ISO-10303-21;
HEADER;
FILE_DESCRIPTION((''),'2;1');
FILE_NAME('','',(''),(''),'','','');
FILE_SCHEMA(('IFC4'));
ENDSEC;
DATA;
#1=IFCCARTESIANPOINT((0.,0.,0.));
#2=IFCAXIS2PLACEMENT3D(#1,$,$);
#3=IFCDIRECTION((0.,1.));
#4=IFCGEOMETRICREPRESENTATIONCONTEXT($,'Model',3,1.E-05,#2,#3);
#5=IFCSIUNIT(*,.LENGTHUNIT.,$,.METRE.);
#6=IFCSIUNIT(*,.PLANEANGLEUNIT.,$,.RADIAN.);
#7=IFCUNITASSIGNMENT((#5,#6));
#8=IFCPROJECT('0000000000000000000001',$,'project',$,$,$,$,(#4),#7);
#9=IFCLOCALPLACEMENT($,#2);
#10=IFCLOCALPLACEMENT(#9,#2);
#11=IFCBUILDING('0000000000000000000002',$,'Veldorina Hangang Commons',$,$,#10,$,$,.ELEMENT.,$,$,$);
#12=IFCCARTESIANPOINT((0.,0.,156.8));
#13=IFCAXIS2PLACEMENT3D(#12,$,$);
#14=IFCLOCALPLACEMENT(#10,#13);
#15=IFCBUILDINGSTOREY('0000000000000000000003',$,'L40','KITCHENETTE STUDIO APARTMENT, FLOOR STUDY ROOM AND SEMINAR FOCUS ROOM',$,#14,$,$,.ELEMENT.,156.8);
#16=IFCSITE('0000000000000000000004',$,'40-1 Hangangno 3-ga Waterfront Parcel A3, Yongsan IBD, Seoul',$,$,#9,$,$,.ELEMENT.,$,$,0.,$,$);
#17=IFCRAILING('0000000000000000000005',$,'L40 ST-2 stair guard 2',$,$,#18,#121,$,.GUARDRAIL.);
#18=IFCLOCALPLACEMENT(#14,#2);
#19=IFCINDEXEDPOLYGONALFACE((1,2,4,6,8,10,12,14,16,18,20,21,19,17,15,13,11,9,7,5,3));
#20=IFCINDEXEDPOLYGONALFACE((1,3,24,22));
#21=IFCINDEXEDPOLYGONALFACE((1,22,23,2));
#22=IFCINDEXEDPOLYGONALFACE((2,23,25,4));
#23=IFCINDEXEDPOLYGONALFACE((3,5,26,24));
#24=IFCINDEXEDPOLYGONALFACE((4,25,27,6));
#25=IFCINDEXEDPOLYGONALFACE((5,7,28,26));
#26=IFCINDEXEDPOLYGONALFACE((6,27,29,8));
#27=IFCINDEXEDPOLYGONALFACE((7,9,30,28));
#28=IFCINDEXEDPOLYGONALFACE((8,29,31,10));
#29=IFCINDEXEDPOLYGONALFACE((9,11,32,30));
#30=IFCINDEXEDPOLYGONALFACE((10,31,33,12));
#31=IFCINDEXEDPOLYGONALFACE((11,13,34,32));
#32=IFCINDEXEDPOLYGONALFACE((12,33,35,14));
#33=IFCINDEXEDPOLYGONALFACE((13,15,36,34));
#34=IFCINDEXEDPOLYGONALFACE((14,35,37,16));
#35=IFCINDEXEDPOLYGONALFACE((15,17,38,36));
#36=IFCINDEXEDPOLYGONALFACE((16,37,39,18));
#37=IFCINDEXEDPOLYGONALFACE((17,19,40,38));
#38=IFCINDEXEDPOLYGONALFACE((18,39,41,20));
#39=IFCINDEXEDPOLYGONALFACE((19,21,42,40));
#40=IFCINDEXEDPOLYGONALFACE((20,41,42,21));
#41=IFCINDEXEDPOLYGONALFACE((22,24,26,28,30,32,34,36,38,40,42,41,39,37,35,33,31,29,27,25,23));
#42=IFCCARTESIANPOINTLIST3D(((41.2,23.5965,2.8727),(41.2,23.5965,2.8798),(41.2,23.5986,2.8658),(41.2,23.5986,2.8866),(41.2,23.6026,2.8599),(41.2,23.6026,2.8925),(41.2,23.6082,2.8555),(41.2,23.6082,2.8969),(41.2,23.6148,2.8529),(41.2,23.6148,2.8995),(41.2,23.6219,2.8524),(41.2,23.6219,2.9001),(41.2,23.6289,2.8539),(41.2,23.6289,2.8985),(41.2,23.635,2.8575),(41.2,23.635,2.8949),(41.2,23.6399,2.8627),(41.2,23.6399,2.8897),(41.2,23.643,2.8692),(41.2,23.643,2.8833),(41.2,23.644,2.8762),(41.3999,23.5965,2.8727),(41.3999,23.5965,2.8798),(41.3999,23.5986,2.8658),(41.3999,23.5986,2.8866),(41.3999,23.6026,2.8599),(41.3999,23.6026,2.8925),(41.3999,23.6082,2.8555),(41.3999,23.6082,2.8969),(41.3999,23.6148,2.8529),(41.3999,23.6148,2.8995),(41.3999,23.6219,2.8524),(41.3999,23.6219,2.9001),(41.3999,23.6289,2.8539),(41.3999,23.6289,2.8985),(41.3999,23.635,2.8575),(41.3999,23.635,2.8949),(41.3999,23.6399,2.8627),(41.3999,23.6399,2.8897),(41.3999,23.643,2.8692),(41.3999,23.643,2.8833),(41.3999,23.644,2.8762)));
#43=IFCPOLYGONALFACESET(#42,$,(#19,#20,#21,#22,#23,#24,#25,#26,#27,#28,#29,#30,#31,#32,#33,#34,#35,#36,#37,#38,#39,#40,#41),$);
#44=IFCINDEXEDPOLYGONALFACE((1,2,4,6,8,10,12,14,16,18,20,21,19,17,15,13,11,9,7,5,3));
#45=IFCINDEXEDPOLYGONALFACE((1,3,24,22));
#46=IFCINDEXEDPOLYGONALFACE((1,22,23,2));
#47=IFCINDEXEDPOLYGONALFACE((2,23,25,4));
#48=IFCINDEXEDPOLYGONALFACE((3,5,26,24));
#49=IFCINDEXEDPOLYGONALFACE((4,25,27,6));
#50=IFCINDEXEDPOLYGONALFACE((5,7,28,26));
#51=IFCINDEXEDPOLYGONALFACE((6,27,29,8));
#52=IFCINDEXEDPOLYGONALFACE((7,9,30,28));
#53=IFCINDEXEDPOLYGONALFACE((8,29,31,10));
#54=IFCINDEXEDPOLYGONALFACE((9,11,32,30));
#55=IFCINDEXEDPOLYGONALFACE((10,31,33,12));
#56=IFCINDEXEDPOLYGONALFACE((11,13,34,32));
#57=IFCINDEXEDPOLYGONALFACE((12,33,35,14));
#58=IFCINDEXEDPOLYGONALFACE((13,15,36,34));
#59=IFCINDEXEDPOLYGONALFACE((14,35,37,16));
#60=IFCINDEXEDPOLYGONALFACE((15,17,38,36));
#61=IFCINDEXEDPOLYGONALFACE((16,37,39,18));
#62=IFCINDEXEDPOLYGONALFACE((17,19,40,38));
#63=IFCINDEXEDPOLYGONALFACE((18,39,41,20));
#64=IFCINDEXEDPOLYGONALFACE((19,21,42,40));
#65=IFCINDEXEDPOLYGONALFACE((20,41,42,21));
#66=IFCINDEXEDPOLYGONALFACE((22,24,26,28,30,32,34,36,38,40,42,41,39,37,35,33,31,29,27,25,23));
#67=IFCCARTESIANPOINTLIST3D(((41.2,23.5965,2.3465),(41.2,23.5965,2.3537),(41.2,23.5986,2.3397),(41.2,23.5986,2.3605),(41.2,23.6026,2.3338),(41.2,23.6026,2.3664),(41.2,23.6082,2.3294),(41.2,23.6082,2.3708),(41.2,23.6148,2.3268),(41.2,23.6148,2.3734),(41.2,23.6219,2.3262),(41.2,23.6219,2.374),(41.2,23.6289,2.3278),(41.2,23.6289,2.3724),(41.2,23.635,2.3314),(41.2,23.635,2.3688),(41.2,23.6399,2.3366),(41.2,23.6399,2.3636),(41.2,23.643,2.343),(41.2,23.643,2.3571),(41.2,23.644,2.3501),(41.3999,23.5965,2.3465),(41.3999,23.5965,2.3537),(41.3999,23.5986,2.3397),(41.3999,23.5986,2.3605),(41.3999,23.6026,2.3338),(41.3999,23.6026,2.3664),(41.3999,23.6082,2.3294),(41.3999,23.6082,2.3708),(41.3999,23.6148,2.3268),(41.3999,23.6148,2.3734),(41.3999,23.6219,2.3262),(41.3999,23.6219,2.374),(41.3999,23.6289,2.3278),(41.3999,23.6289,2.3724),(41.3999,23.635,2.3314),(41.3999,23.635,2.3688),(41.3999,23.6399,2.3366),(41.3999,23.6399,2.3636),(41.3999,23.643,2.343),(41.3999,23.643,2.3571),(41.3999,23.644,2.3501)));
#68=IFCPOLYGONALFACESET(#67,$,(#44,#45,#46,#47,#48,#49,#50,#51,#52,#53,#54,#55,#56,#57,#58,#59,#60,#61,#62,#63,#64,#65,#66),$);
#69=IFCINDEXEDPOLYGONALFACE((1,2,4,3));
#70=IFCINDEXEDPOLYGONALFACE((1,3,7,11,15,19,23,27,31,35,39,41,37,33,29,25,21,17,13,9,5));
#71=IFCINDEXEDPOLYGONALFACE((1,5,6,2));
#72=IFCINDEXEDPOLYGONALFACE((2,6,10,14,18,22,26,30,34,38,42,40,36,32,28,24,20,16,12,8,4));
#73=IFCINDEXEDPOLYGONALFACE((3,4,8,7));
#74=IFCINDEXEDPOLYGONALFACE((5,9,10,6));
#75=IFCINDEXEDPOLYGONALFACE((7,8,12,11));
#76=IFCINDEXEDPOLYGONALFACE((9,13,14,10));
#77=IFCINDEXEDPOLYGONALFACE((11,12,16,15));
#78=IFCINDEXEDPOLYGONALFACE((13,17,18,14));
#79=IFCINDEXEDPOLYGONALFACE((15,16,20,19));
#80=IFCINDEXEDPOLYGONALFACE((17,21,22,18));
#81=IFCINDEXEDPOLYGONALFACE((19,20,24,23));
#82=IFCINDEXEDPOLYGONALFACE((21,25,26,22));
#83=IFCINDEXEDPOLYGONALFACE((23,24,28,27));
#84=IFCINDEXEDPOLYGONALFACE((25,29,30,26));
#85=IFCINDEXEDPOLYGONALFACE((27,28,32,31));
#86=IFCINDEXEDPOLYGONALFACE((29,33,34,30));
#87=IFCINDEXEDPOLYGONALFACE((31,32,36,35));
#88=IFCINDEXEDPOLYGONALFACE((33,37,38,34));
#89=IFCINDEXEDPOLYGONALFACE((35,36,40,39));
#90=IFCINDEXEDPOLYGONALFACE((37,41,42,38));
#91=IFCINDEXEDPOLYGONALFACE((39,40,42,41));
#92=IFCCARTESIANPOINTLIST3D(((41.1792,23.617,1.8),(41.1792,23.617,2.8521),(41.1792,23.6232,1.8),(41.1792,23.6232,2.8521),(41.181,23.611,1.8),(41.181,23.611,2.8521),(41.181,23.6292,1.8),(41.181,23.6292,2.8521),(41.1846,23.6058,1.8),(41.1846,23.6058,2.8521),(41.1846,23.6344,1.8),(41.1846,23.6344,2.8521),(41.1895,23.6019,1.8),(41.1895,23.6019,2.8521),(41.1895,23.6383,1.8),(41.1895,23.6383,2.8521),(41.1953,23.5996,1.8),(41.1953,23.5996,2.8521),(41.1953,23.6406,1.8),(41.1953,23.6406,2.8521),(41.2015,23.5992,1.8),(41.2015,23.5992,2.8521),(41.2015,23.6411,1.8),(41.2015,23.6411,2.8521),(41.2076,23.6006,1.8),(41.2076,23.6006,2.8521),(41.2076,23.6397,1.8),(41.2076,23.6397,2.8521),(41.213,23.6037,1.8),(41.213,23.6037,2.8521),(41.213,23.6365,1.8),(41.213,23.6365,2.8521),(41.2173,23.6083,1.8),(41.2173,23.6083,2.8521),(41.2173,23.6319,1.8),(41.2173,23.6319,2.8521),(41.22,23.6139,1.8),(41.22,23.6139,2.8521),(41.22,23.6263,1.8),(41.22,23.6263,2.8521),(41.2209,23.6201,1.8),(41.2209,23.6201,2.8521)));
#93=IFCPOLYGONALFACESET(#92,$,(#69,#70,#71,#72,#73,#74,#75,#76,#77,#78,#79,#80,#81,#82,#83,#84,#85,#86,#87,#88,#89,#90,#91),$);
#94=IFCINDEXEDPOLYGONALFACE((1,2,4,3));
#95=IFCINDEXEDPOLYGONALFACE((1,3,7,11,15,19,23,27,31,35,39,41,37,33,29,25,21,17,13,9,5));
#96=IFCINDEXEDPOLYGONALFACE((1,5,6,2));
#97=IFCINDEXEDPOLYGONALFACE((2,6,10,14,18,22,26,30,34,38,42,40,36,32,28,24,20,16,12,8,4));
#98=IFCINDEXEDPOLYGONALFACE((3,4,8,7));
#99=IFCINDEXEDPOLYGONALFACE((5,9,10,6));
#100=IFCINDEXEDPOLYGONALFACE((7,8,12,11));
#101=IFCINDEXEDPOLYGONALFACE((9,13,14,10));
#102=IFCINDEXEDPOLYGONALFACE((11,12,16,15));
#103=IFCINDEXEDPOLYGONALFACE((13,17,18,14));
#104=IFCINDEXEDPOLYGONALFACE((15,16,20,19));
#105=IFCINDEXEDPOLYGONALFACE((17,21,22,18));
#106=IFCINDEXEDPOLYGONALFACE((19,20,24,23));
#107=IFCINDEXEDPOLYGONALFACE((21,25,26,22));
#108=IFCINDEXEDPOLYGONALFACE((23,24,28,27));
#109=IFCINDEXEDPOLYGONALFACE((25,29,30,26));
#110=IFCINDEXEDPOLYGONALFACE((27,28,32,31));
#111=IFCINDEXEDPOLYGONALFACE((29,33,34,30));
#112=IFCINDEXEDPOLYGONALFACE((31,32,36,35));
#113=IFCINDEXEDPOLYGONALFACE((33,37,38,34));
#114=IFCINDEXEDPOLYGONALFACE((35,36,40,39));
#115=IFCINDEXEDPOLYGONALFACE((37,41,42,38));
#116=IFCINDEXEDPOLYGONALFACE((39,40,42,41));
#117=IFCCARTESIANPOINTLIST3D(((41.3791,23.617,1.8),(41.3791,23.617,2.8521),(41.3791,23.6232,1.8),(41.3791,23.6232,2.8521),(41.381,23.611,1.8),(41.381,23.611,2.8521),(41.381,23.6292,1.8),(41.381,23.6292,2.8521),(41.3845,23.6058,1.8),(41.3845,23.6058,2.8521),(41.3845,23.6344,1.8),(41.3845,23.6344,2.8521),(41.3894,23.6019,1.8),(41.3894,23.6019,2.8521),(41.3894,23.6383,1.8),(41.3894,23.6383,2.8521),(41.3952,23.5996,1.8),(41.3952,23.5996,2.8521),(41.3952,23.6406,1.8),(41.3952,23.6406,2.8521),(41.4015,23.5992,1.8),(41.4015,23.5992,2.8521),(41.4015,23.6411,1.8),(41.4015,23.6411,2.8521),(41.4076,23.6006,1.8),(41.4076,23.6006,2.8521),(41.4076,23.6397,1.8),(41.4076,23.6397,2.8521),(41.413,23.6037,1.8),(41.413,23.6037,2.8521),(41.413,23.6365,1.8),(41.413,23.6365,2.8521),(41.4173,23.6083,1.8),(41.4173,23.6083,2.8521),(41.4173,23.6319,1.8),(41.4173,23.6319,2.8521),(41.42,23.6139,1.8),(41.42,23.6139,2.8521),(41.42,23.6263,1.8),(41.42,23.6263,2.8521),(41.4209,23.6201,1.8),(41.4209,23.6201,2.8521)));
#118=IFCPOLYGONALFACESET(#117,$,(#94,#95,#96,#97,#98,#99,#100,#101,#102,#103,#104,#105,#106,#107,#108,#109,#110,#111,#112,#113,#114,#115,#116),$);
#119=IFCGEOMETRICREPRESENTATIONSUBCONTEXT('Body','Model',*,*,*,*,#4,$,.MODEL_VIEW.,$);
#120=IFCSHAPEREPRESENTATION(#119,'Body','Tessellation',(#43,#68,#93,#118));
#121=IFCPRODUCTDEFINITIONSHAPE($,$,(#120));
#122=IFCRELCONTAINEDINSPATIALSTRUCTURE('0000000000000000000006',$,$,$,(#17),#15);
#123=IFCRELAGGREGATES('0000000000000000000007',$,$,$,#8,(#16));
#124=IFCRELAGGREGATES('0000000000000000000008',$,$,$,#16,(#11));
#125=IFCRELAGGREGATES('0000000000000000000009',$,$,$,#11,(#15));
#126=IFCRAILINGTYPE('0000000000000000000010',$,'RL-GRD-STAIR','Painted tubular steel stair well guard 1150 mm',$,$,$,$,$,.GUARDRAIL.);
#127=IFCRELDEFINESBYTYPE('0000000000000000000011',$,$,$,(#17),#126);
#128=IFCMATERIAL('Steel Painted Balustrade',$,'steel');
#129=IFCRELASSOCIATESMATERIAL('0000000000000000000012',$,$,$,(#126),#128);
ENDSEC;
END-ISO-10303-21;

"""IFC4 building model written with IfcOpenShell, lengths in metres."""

from ifc_helpers import new_model, si_unit, direction, frame, origin, origin_2d, place, context, subcontext, project, spatial, circle, extrude, material, type_object, element, save


model = new_model("IFC4")

# Units and contexts
model_context = context("Model", 3, precision=1e-05, world=origin(), true_north=direction((0.0, 1.0)))
body_context = subcontext(model_context, "Body", "Model", "MODEL_VIEW")
ifc_project = project(units=[si_unit("LENGTHUNIT", "METRE"), si_unit("PLANEANGLEUNIT", "RADIAN")], contexts=[model_context])

# Site, building, storey
site_placement = place(None, origin())
site = spatial("IfcSite", under=ifc_project, at=site_placement, Name="40-1 Hangangno 3-ga Waterfront Parcel A3, Yongsan IBD, Seoul", CompositionType="ELEMENT", RefElevation=0.0)
building_placement = place(site_placement, origin())
building = spatial("IfcBuilding", under=site, at=building_placement, Name="Veldorina Hangang Commons", CompositionType="ELEMENT")
storey_placement = place(building_placement, frame((0.0, 0.0, 156.8)))
storey = spatial("IfcBuildingStorey", under=building, at=storey_placement, Name="L40", Description="KITCHENETTE STUDIO APARTMENT, FLOOR STUDY ROOM AND SEMINAR FOCUS ROOM", CompositionType="ELEMENT", Elevation=156.8)

# Railing
ifc_material_1 = material(Name="Steel Painted Balustrade", Category="steel")
railing_type_1 = type_object("IfcRailingType", Name="RL-GRD-STAIR", Description="Painted tubular steel stair well guard 1150 mm", PredefinedType="GUARDRAIL", material=ifc_material_1)
railing_1_placement = place(storey_placement, frame((41.2, 23.6201, 1.8)))
element("IfcRailing", 1, at=railing_1_placement, inside=storey, type_object=railing_type_1, Name="L40 ST-2 stair guard 2", PredefinedType="GUARDRAIL", context=body_context, shape_type="SweptSolid", body=[
    extrude(circle(Radius=0.0239, at=origin_2d()), frame((0.0, 0.0, 1.0762), z_axis=(1.0, 0.0, 0.0), x_axis=(0.0, 1.0, 0.0)), (0.0, 0.0, 1.0), 0.2),
    extrude(circle(Radius=0.0239, at=origin_2d()), frame((0.0, 0.0, 0.55), z_axis=(1.0, 0.0, 0.0), x_axis=(0.0, 1.0, 0.0)), (0.0, 0.0, 1.0), 0.2),
    extrude(circle(Radius=0.021, at=origin_2d()), origin(), (0.0, 0.0, 1.0), 1.052),
    extrude(circle(Radius=0.021, at=origin_2d()), frame((0.2, 0.0, 0.0)), (0.0, 0.0, 1.0), 1.052),
])

save(model, "model.ifc")
